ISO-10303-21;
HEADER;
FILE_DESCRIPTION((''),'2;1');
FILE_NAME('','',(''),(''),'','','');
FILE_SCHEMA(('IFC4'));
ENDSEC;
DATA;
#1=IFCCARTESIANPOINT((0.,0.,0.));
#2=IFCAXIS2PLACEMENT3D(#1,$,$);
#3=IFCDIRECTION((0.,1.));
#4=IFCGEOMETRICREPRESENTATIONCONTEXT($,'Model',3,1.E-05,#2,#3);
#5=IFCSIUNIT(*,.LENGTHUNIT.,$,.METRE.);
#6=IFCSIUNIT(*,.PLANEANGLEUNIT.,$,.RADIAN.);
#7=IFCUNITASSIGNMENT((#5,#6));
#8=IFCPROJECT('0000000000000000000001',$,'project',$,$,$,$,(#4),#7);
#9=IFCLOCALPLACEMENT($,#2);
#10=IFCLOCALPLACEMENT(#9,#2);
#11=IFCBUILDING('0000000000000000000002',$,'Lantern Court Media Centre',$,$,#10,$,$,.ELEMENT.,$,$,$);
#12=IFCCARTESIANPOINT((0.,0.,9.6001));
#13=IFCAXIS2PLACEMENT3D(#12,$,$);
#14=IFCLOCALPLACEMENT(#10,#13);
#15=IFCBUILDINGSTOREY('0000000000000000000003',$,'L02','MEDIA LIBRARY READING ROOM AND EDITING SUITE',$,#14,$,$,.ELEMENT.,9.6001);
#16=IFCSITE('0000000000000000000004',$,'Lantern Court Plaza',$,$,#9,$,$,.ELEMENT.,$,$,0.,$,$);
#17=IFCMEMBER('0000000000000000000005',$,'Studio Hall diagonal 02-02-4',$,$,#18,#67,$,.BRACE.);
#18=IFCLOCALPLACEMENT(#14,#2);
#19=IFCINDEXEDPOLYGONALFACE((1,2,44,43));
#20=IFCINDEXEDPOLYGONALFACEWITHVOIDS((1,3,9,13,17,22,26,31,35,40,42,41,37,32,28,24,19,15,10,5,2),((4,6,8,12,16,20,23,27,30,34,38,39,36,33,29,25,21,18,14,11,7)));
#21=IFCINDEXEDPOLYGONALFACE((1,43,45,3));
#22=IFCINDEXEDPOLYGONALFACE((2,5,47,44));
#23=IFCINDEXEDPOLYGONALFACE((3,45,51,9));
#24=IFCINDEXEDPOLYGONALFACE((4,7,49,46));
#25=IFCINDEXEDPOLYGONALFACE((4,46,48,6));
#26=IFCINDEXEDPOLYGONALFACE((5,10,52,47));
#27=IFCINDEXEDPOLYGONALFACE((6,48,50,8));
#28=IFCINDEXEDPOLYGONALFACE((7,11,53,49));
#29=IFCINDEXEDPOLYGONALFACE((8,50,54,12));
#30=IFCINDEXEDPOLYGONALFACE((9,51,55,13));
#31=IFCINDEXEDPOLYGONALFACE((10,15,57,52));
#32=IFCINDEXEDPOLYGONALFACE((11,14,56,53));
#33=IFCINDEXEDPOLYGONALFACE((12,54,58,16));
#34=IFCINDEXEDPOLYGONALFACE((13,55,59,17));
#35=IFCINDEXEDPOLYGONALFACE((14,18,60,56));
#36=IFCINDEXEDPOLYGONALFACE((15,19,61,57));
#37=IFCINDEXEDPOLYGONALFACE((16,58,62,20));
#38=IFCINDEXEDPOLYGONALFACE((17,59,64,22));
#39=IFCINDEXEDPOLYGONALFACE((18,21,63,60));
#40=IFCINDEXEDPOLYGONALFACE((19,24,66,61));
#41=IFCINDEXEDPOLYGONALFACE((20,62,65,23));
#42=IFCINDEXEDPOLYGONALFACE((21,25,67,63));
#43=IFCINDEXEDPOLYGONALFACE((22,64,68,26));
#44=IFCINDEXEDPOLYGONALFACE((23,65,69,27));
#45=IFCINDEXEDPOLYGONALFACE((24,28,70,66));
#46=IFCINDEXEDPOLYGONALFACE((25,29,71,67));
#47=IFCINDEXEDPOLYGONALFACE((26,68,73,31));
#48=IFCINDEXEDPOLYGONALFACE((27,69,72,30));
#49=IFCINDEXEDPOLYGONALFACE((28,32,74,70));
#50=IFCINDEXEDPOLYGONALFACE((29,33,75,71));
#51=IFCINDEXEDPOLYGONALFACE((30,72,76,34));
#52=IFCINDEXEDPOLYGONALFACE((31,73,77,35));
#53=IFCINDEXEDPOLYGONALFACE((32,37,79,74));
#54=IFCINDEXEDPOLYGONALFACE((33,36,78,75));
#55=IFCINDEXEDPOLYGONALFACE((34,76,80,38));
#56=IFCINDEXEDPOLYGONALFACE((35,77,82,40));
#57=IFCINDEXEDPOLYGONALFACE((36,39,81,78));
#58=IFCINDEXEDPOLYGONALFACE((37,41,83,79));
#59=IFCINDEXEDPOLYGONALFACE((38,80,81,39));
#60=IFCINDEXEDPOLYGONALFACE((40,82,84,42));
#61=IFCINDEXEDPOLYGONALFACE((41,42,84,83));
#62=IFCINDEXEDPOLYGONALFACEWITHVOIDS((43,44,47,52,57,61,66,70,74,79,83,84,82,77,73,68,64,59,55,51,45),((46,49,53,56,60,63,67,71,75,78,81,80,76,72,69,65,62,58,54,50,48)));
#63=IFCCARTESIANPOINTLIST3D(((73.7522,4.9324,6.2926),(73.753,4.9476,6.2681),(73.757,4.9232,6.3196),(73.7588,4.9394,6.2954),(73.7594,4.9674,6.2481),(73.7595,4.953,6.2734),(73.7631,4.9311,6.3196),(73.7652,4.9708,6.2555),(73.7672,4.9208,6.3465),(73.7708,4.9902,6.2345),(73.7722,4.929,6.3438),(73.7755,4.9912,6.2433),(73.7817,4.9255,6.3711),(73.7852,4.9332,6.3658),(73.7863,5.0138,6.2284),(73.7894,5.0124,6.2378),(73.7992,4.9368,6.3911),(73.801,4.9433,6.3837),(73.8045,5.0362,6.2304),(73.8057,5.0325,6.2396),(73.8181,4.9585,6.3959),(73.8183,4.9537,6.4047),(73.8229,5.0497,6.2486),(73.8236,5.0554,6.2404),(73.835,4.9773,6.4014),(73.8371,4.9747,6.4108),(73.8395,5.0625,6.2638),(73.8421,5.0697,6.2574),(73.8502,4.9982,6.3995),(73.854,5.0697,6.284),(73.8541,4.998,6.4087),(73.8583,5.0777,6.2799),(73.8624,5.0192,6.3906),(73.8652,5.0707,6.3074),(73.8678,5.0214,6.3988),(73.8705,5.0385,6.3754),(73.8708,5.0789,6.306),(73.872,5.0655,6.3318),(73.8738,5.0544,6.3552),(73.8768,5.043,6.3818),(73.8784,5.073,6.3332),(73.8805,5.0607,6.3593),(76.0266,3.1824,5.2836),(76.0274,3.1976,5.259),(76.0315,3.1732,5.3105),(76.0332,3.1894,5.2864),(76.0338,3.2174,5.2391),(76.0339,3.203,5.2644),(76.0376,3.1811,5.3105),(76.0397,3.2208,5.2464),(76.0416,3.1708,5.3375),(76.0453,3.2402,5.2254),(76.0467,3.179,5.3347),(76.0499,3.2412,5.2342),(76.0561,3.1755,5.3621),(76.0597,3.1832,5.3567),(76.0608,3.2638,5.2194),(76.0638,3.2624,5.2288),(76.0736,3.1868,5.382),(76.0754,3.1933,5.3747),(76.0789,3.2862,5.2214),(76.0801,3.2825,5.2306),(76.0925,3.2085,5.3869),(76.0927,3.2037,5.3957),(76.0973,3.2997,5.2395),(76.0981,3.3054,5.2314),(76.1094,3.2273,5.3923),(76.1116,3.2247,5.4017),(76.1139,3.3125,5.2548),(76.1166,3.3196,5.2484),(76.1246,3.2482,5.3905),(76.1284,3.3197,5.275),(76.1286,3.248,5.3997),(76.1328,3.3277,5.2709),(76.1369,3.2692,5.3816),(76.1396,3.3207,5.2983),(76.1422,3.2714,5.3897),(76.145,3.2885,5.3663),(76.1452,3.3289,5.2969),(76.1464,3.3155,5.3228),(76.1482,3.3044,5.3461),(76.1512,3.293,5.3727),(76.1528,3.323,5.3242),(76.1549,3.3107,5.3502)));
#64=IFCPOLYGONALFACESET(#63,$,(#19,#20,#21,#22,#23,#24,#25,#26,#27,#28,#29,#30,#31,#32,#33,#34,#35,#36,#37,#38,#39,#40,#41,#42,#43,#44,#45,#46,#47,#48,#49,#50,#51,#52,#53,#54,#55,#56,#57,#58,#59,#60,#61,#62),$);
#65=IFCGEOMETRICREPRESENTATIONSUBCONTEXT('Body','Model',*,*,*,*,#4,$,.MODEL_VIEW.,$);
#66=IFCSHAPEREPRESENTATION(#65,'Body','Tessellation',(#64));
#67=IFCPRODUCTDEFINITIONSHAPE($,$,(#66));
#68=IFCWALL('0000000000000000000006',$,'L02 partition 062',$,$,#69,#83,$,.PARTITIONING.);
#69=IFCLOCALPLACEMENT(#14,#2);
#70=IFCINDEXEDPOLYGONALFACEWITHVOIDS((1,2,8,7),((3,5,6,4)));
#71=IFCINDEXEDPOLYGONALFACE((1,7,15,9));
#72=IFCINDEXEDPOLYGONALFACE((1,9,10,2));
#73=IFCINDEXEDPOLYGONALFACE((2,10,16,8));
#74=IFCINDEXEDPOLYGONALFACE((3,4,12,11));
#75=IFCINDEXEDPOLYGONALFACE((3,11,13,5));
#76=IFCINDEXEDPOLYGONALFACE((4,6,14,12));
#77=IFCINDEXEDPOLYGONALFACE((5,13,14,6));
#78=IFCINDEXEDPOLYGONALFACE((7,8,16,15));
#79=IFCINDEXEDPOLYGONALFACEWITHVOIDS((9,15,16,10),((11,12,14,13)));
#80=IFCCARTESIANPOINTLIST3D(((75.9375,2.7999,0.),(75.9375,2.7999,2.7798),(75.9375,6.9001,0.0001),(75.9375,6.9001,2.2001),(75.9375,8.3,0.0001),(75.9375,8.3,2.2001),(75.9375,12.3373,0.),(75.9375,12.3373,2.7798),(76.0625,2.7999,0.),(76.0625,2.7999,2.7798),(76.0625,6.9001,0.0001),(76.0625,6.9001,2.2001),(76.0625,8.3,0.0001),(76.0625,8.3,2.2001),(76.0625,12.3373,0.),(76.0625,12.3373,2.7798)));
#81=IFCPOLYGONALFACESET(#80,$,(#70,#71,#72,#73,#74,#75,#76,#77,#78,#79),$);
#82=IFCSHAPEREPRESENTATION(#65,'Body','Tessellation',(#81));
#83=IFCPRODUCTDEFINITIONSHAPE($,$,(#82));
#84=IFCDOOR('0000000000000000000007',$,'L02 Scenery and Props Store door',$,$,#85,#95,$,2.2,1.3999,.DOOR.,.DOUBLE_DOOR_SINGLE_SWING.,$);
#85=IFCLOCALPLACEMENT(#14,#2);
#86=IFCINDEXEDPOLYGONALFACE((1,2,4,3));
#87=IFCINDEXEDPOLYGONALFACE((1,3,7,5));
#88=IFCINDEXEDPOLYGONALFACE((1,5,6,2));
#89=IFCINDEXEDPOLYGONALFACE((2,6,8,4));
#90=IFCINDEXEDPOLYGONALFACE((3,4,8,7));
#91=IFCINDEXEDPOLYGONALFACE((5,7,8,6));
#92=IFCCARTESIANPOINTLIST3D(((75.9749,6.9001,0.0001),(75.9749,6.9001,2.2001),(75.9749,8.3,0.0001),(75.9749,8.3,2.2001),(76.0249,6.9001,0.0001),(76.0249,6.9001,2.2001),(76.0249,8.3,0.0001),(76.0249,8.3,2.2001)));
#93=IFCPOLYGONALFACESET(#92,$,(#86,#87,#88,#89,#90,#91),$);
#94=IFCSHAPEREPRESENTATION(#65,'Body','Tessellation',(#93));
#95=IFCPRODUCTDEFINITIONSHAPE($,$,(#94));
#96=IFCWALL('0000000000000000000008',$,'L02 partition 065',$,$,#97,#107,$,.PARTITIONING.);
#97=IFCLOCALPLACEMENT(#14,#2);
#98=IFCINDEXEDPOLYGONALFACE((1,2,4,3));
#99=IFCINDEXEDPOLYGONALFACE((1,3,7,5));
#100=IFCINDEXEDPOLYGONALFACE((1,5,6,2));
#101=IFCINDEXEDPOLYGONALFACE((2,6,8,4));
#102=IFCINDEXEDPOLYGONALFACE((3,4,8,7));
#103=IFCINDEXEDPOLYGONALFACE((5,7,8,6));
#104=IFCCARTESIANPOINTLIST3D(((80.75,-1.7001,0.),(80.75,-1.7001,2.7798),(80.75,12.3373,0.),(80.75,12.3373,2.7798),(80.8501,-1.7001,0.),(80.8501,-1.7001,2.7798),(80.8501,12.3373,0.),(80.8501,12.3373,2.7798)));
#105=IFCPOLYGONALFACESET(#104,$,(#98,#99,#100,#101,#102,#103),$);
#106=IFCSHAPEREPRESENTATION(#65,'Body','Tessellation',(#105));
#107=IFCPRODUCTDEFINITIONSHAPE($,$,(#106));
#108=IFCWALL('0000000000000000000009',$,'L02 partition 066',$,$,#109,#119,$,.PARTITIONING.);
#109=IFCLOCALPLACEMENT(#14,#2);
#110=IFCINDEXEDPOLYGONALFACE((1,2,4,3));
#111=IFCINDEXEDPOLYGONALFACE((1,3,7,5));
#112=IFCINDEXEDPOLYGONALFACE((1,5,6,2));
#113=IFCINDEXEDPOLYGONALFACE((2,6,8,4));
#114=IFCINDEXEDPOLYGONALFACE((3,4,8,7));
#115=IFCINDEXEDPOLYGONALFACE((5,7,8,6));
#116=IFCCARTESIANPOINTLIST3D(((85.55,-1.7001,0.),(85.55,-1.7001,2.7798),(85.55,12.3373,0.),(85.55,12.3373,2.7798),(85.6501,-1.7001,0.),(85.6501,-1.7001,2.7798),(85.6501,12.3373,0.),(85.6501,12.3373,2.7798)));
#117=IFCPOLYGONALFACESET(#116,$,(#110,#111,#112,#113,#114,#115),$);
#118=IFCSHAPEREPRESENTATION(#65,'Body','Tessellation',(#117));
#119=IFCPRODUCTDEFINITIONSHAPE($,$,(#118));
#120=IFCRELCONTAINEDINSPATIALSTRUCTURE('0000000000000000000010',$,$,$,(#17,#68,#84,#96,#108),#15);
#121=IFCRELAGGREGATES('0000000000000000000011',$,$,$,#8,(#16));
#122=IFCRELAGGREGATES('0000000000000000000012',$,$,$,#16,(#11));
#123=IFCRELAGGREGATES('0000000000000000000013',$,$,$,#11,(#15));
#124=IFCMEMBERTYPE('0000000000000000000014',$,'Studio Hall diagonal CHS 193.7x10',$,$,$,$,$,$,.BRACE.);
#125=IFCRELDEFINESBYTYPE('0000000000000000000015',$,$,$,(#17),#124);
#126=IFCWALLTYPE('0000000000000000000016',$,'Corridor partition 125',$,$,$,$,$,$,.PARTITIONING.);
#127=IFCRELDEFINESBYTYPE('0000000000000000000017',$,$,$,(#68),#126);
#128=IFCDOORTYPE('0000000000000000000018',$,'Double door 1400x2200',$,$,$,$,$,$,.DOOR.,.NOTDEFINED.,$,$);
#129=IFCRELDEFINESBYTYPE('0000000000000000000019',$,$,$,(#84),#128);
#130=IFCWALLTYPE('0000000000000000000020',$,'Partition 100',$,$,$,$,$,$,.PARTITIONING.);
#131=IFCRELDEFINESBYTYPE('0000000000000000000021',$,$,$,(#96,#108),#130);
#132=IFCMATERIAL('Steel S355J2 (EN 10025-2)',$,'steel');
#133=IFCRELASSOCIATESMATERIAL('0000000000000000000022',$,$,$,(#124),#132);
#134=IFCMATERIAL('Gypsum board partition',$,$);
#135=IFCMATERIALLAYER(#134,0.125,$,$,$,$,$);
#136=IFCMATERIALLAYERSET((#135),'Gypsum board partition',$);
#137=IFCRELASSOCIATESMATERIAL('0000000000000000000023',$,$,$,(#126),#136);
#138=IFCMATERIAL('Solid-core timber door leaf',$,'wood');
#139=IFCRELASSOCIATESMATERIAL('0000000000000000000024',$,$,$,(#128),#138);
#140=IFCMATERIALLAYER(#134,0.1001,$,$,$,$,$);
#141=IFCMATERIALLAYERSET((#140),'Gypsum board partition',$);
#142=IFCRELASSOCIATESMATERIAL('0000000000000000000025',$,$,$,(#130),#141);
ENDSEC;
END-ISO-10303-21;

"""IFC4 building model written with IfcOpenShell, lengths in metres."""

from ifc_helpers import new_model, si_unit, direction, frame, frame_2d, origin, origin_2d, place, context, subcontext, project, spatial, rectangle, hollow_circle, extrude, material, layer, layer_set, material_profile, profile_set, type_object, element, fill, save


model = new_model("IFC4")

# Units and contexts
model_context = context("Model", 3, precision=1e-05, world=origin(), true_north=direction((0.0, 1.0)))
body_context = subcontext(model_context, "Body", "Model", "MODEL_VIEW")
ifc_project = project(units=[si_unit("LENGTHUNIT", "METRE"), si_unit("PLANEANGLEUNIT", "RADIAN")], contexts=[model_context])

# Site, building, storey
site_placement = place(None, origin())
site = spatial("IfcSite", under=ifc_project, at=site_placement, Name="Lantern Court Plaza", CompositionType="ELEMENT", RefElevation=0.0)
building_placement = place(site_placement, origin())
building = spatial("IfcBuilding", under=site, at=building_placement, Name="Lantern Court Media Centre", CompositionType="ELEMENT")
storey_placement = place(building_placement, frame((0.0, 0.0, 9.6001)))
storey = spatial("IfcBuildingStorey", under=building, at=storey_placement, Name="L02", Description="MEDIA LIBRARY READING ROOM AND EDITING SUITE", CompositionType="ELEMENT", Elevation=9.6001)

# Member
ifc_material_1 = material(Name="Steel S355J2 (EN 10025-2)", Category="steel")
ifc_material_profile_1 = material_profile(ifc_material_1, hollow_circle(Radius=0.0969, WallThickness=0.01, at=origin_2d()), Name="Studio Hall diagonal CHS 193.7x10")
ifc_profile_set_1 = profile_set([ifc_material_profile_1], Name="Steel S355J2 (EN 10025-2)")
member_type_1 = type_object("IfcMemberType", Name="Studio Hall diagonal CHS 193.7x10", PredefinedType="BRACE", material=ifc_profile_set_1)
for number, where, z_axis, x_axis, name in (
    (1, (76.0906, 3.25, 5.3105), (-0.747677, 0.575284, 0.331703), (-0.609809, -0.792548, 0.0), "Studio Hall diagonal 02-02-4"),
):
    element("IfcMember", number, at=place(storey_placement, frame(where, z_axis=z_axis, x_axis=x_axis)), inside=storey, type_object=member_type_1, Name=name, PredefinedType="BRACE", context=body_context, shape_type="SweptSolid", body=[
        extrude(hollow_circle(Radius=0.0969, WallThickness=0.01, at=origin_2d()), origin(), (0.0, 0.0, 1.0), 3.042),
    ])

# Wall, opening, door
ifc_material_2 = material(Name="Gypsum board partition")
ifc_layer_1 = layer(ifc_material_2, 0.125)
ifc_layer_set_1 = layer_set([ifc_layer_1], Name="Gypsum board partition")
wall_type_1 = type_object("IfcWallType", Name="Corridor partition 125", PredefinedType="PARTITIONING", material=ifc_layer_set_1)
wall_placement = place(storey_placement, frame((76.0, 2.8, 0.0), z_axis=(0.0, 0.0, 1.0), x_axis=(0.0, 1.0, 0.0)))
wall = element("IfcWall", 2, at=wall_placement, inside=storey, type_object=wall_type_1, Name="L02 partition 062", PredefinedType="PARTITIONING", context=body_context, shape_type="SweptSolid", body=[
    extrude(rectangle(XDim=9.5374, YDim=0.125, at=frame_2d((4.7686, 0.0))), origin(), (0.0, 0.0, 1.0), 2.7798),
])
opening_placement = place(wall_placement, frame((4.1001, 0.0, 0.0)))
opening = element("IfcOpeningElement", 3, at=opening_placement, cuts=wall, PredefinedType="OPENING", context=body_context, shape_type="SweptSolid", body=[
    extrude(rectangle(XDim=1.3999, YDim=2.2, at=frame_2d((0.7, 1.1001))), frame((0.0, 0.0725, 0.0), z_axis=(0.0, -1.0, 0.0), x_axis=(1.0, 0.0, 0.0)), (0.0, 0.0, 1.0), 0.145),
])
ifc_material_3 = material(Name="Solid-core timber door leaf", Category="wood")
door_type = type_object("IfcDoorType", Name="Double door 1400x2200", OperationType="NOTDEFINED", PredefinedType="DOOR", material=ifc_material_3)
door_placement = place(opening_placement, frame((1.3999, 0.0, 0.0), z_axis=(0.0, 0.0, 1.0), x_axis=(-1.0, 0.0, 0.0)))
door = element("IfcDoor", 4, at=door_placement, inside=storey, type_object=door_type, Name="L02 Scenery and Props Store door", OperationType="DOUBLE_DOOR_SINGLE_SWING", OverallHeight=2.2, OverallWidth=1.3999, PredefinedType="DOOR", context=body_context, shape_type="SweptSolid", body=[
    extrude(rectangle(XDim=1.3999, YDim=2.2, at=frame_2d((0.7, 1.1001))), frame((0.0, 0.0249, 0.0), z_axis=(0.0, -1.0, 0.0), x_axis=(1.0, 0.0, 0.0)), (0.0, 0.0, 1.0), 0.05),
])
fill(opening, door)

# Walls
ifc_layer_2 = layer(ifc_material_2, 0.1001)
ifc_layer_set_2 = layer_set([ifc_layer_2], Name="Gypsum board partition")
wall_type_2 = type_object("IfcWallType", Name="Partition 100", PredefinedType="PARTITIONING", material=ifc_layer_set_2)
for number, where, z_axis, x_axis, name in (
    (5, (80.8, -1.7, 0.0), (0.0, 0.0, 1.0), (0.0, 1.0, 0.0), "L02 partition 065"),
    (6, (85.6001, -1.7, 0.0), (0.0, 0.0, 1.0), (0.0, 1.0, 0.0), "L02 partition 066"),
):
    element("IfcWall", number, at=place(storey_placement, frame(where, z_axis=z_axis, x_axis=x_axis)), inside=storey, type_object=wall_type_2, Name=name, PredefinedType="PARTITIONING", context=body_context, shape_type="SweptSolid", body=[
        extrude(rectangle(XDim=14.0374, YDim=0.1001, at=frame_2d((7.0186, 0.0))), origin(), (0.0, 0.0, 1.0), 2.7798),
    ])

save(model, "model.ifc")
